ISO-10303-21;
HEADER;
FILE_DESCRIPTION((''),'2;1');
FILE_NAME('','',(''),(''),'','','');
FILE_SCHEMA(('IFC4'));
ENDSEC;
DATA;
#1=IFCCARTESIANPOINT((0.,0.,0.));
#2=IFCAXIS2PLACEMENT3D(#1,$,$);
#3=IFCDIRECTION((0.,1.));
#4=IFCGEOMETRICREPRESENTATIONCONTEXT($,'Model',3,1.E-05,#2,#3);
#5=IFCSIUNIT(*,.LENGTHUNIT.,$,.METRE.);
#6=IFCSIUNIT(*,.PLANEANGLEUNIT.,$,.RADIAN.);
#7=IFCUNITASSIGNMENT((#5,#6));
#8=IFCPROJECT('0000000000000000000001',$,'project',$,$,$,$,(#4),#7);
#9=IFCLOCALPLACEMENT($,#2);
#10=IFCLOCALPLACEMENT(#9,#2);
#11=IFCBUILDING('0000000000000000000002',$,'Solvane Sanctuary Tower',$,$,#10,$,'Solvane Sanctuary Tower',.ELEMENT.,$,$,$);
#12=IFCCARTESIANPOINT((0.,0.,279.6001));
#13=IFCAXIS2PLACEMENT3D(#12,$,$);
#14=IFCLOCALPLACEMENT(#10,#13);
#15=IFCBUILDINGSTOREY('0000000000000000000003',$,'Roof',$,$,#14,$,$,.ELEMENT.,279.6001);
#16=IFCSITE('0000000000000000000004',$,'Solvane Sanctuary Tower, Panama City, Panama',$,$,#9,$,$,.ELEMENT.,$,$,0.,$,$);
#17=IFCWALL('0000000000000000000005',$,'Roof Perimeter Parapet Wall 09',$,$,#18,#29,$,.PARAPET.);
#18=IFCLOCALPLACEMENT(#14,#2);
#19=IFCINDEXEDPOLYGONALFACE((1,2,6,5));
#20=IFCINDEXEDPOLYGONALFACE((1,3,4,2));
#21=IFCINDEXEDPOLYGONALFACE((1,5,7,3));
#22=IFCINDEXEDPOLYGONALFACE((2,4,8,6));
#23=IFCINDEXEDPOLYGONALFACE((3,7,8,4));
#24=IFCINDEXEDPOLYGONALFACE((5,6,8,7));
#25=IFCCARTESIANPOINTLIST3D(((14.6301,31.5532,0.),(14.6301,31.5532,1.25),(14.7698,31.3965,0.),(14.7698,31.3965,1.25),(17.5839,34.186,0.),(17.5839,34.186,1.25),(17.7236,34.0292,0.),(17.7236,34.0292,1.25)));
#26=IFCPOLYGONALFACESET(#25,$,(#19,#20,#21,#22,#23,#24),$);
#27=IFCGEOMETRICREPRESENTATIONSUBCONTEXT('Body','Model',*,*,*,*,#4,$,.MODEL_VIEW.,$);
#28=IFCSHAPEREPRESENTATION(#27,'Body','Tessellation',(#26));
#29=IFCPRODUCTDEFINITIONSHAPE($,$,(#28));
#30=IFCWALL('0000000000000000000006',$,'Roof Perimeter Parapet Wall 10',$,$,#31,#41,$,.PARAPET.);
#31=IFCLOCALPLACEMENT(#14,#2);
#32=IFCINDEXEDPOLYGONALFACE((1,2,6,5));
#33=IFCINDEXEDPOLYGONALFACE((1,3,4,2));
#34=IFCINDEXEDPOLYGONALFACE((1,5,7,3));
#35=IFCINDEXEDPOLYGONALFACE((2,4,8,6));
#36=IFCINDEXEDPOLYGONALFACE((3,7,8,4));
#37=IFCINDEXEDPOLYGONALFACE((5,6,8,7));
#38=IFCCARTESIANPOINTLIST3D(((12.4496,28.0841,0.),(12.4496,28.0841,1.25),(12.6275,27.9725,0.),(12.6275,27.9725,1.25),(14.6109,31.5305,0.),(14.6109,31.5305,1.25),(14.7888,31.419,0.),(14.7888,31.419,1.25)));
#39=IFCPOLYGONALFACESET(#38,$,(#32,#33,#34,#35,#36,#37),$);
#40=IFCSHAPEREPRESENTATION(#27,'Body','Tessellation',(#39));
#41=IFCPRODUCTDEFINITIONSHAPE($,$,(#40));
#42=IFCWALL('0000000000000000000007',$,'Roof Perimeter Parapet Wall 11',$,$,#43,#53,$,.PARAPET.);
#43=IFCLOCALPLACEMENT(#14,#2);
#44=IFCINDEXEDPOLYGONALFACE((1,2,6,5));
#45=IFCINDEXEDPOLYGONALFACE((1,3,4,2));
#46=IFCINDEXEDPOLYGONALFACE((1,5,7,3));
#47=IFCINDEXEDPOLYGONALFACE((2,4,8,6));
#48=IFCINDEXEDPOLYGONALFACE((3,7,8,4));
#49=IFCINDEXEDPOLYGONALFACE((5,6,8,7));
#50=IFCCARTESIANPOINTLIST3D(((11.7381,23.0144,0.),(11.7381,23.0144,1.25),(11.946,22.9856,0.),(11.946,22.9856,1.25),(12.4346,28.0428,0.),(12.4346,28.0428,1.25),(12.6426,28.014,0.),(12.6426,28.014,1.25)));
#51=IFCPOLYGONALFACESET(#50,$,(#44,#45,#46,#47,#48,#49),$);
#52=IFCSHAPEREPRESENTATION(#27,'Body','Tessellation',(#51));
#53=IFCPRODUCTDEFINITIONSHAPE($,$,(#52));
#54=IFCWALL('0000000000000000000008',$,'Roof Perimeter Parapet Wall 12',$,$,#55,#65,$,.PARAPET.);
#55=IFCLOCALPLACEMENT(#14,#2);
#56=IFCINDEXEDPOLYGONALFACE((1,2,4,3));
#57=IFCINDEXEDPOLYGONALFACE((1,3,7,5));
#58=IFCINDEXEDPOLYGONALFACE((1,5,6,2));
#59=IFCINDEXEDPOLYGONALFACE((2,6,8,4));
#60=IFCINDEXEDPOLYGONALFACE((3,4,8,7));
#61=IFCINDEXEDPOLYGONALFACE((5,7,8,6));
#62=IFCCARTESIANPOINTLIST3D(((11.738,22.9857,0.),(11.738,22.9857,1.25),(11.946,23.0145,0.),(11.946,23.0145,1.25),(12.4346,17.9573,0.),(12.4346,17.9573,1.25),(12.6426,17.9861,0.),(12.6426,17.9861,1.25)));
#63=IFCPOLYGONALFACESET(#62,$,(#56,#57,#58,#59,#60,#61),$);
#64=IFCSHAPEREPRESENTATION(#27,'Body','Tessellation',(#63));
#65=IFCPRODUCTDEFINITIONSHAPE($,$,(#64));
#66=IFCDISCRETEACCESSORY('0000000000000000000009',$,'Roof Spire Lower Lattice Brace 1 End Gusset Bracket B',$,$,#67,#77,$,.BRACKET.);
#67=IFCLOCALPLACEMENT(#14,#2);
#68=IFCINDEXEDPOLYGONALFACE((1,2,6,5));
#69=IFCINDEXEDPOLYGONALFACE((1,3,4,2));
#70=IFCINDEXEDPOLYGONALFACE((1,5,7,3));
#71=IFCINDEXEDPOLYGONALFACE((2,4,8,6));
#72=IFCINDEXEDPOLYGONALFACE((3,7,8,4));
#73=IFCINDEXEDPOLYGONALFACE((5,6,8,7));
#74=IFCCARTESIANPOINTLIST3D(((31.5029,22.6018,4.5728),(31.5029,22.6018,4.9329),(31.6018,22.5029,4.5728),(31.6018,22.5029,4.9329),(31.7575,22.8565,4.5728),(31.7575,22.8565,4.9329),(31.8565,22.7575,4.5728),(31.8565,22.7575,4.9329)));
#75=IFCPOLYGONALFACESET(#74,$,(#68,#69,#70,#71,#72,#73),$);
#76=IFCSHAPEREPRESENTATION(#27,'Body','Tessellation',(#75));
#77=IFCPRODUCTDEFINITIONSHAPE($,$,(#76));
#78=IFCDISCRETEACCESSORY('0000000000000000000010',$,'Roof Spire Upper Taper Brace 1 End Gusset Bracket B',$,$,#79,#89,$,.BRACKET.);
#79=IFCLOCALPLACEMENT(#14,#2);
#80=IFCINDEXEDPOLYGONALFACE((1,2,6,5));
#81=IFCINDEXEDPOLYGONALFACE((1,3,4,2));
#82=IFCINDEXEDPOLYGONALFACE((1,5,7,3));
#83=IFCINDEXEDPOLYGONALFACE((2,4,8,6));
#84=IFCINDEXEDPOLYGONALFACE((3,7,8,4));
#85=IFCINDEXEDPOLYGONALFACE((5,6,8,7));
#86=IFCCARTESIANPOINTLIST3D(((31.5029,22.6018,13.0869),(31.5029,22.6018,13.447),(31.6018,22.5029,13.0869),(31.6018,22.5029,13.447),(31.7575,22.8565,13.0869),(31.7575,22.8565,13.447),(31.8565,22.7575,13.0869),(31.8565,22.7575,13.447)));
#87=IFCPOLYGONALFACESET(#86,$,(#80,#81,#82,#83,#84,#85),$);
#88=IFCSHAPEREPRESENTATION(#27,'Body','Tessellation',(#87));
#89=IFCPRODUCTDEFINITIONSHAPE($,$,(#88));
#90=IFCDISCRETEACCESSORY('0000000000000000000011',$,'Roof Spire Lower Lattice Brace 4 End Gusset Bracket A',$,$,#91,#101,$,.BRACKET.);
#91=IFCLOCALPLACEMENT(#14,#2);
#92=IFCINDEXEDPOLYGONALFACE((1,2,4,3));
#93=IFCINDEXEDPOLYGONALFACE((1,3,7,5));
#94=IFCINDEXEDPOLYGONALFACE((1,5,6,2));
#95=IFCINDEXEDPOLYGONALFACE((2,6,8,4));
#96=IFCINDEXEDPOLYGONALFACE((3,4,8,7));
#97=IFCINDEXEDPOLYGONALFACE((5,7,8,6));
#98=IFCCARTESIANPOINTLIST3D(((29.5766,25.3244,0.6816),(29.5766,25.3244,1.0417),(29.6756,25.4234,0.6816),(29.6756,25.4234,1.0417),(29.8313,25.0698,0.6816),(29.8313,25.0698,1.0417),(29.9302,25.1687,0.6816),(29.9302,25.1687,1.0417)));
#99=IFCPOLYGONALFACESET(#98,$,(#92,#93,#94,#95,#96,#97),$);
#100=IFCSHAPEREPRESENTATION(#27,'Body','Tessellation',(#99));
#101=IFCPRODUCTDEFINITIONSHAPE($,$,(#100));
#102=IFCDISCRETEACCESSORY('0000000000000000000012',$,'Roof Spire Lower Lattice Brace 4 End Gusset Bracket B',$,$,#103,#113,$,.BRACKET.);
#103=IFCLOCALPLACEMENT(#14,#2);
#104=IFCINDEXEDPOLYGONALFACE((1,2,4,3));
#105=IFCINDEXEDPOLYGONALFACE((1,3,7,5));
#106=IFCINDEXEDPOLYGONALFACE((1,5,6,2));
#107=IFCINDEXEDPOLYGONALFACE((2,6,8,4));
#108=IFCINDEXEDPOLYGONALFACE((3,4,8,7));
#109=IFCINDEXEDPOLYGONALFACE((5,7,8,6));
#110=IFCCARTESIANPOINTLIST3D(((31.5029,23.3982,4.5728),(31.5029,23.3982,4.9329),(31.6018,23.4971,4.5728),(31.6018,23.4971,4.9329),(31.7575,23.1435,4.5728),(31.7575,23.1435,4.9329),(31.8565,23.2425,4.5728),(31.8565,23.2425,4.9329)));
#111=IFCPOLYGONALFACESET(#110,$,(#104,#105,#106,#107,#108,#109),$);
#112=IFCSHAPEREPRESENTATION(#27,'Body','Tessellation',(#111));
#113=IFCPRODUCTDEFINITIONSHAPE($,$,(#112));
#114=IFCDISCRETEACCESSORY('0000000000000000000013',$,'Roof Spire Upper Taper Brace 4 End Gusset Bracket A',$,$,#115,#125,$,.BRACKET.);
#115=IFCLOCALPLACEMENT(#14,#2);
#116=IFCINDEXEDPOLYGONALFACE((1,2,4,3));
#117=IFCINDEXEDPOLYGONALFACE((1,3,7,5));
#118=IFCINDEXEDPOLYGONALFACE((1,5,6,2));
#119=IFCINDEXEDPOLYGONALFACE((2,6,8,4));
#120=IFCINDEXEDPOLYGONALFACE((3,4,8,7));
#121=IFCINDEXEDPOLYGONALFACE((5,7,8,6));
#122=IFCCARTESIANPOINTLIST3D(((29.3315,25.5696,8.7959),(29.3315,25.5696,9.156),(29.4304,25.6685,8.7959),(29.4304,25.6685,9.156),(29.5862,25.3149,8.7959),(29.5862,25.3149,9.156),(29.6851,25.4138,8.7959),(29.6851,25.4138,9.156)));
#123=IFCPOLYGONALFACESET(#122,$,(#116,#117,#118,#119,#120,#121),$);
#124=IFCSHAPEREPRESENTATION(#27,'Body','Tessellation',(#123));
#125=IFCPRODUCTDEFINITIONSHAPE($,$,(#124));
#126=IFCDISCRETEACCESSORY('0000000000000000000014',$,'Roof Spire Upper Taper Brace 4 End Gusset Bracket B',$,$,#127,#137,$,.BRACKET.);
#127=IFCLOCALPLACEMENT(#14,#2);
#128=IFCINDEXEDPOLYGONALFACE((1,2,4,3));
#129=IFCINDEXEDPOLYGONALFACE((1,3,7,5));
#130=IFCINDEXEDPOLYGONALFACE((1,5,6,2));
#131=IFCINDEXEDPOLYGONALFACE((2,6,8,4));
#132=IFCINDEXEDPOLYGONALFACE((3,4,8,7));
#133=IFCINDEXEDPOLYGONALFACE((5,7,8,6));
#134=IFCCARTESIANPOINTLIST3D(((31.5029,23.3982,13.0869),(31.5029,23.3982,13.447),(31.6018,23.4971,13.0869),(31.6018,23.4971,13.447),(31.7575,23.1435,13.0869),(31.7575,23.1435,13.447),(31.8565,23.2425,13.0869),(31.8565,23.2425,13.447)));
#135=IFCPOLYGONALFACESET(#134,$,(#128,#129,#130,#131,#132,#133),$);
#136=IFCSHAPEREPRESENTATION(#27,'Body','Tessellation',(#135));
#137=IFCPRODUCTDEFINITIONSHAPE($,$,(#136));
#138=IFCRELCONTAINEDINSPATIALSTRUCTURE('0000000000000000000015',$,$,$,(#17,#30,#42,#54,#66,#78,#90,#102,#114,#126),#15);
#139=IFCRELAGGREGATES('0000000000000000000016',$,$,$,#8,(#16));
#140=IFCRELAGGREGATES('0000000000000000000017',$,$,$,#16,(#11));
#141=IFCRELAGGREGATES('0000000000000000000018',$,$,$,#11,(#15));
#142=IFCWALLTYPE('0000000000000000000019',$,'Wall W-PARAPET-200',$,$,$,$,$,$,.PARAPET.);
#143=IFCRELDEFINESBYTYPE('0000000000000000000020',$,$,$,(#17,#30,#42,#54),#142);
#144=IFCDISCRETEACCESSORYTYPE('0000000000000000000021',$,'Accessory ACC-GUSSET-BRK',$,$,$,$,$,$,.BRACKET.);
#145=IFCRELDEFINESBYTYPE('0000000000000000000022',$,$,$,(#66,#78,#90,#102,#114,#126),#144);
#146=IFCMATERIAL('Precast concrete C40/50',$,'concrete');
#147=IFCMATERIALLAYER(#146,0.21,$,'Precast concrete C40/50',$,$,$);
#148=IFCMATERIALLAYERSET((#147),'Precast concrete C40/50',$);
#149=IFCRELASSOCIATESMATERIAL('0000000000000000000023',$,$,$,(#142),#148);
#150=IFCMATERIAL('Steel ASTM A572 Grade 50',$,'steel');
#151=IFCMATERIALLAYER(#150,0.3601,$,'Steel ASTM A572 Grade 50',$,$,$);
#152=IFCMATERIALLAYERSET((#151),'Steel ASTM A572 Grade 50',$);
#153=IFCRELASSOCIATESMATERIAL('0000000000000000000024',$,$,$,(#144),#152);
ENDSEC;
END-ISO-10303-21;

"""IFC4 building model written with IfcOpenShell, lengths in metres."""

from ifc_helpers import new_model, si_unit, direction, frame, frame_2d, origin, origin_2d, place, context, subcontext, project, spatial, rectangle, extrude, material, layer, layer_set, type_object, element, save


model = new_model("IFC4")

# Units and contexts
model_context = context("Model", 3, precision=1e-05, world=origin(), true_north=direction((0.0, 1.0)))
body_context = subcontext(model_context, "Body", "Model", "MODEL_VIEW")
ifc_project = project(units=[si_unit("LENGTHUNIT", "METRE"), si_unit("PLANEANGLEUNIT", "RADIAN")], contexts=[model_context])

# Site, building, storey
site_placement = place(None, origin())
site = spatial("IfcSite", under=ifc_project, at=site_placement, Name="Solvane Sanctuary Tower, Panama City, Panama", CompositionType="ELEMENT", RefElevation=0.0)
building_placement = place(site_placement, origin())
building = spatial("IfcBuilding", under=site, at=building_placement, Name="Solvane Sanctuary Tower", LongName="Solvane Sanctuary Tower", CompositionType="ELEMENT")
storey_placement = place(building_placement, frame((0.0, 0.0, 279.6001)))
storey = spatial("IfcBuildingStorey", under=building, at=storey_placement, Name="Roof", CompositionType="ELEMENT", Elevation=279.6001)

# Shared definitions
ifc_material_1 = material(Name="Steel ASTM A572 Grade 50", Category="steel")

# Walls
ifc_material_2 = material(Name="Precast concrete C40/50", Category="concrete")
ifc_layer_1 = layer(ifc_material_2, 0.21, Name="Precast concrete C40/50")
ifc_layer_set_1 = layer_set([ifc_layer_1], Name="Precast concrete C40/50")
wall_type = type_object("IfcWallType", Name="Wall W-PARAPET-200", PredefinedType="PARAPET", material=ifc_layer_set_1)
wall_1_placement = place(storey_placement, frame((17.6538, 34.1077, 0.0), z_axis=(0.0, 0.0, 1.0), x_axis=(-0.74651, -0.665374, 0.0)))
element("IfcWall", 1, at=wall_1_placement, inside=storey, type_object=wall_type, Name="Roof Perimeter Parapet Wall 09", PredefinedType="PARAPET", context=body_context, shape_type="SweptSolid", body=[
    extrude(rectangle(XDim=3.9568, YDim=0.21, at=frame_2d((1.9785, 0.0))), origin(), (0.0, 0.0, 1.0), 1.25),
])
wall_2_placement = place(storey_placement, frame((14.7, 31.4749, 0.0), z_axis=(0.0, 0.0, 1.0), x_axis=(-0.531288, -0.847192, 0.0)))
element("IfcWall", 2, at=wall_2_placement, inside=storey, type_object=wall_type, Name="Roof Perimeter Parapet Wall 10", PredefinedType="PARAPET", context=body_context, shape_type="SweptSolid", body=[
    extrude(rectangle(XDim=4.0681, YDim=0.21, at=frame_2d((2.0342, 0.0))), origin(), (0.0, 0.0, 1.0), 1.25),
])
for number, where, z_axis, x_axis, name in (
    (3, (12.5386, 28.0283, 0.0), (0.0, 0.0, 1.0), (-0.137212, -0.990542, 0.0), "Roof Perimeter Parapet Wall 11"),
    (4, (11.842, 23.0, 0.0), (0.0, 0.0, 1.0), (0.137212, -0.990542, 0.0), "Roof Perimeter Parapet Wall 12"),
):
    element("IfcWall", number, at=place(storey_placement, frame(where, z_axis=z_axis, x_axis=x_axis)), inside=storey, type_object=wall_type, Name=name, PredefinedType="PARAPET", context=body_context, shape_type="SweptSolid", body=[
        extrude(rectangle(XDim=5.0764, YDim=0.21, at=frame_2d((2.5381, 0.0))), origin(), (0.0, 0.0, 1.0), 1.25),
    ])

# Discrete accessories
ifc_layer_2 = layer(ifc_material_1, 0.3601, Name="Steel ASTM A572 Grade 50")
ifc_layer_set_2 = layer_set([ifc_layer_2], Name="Steel ASTM A572 Grade 50")
discrete_accessory_type = type_object("IfcDiscreteAccessoryType", Name="Accessory ACC-GUSSET-BRK", PredefinedType="BRACKET", material=ifc_layer_set_2)
for number, where, z_axis, x_axis, name in (
    (5, (31.6797, 22.6797, 4.5728), (0.0, 0.0, 1.0), (0.707107, 0.707107, 0.0), "Roof Spire Lower Lattice Brace 1 End Gusset Bracket B"),
    (6, (31.6797, 22.6797, 13.0869), (0.0, 0.0, 1.0), (0.707107, 0.707107, 0.0), "Roof Spire Upper Taper Brace 1 End Gusset Bracket B"),
    (7, (29.7534, 25.2466, 0.6816), (0.0, 0.0, 1.0), (0.707107, -0.707107, 0.0), "Roof Spire Lower Lattice Brace 4 End Gusset Bracket A"),
    (8, (31.6797, 23.3203, 4.5728), (0.0, 0.0, 1.0), (0.707107, -0.707107, 0.0), "Roof Spire Lower Lattice Brace 4 End Gusset Bracket B"),
    (9, (29.5083, 25.4917, 8.7959), (0.0, 0.0, 1.0), (0.707107, -0.707107, 0.0), "Roof Spire Upper Taper Brace 4 End Gusset Bracket A"),
    (10, (31.6797, 23.3203, 13.0869), (0.0, 0.0, 1.0), (0.707107, -0.707107, 0.0), "Roof Spire Upper Taper Brace 4 End Gusset Bracket B"),
):
    element("IfcDiscreteAccessory", number, at=place(storey_placement, frame(where, z_axis=z_axis, x_axis=x_axis)), inside=storey, type_object=discrete_accessory_type, Name=name, PredefinedType="BRACKET", context=body_context, shape_type="SweptSolid", body=[
        extrude(rectangle(XDim=0.3601, YDim=0.1399, at=origin_2d()), origin(), (0.0, 0.0, 1.0), 0.3601),
    ])

save(model, "model.ifc")
